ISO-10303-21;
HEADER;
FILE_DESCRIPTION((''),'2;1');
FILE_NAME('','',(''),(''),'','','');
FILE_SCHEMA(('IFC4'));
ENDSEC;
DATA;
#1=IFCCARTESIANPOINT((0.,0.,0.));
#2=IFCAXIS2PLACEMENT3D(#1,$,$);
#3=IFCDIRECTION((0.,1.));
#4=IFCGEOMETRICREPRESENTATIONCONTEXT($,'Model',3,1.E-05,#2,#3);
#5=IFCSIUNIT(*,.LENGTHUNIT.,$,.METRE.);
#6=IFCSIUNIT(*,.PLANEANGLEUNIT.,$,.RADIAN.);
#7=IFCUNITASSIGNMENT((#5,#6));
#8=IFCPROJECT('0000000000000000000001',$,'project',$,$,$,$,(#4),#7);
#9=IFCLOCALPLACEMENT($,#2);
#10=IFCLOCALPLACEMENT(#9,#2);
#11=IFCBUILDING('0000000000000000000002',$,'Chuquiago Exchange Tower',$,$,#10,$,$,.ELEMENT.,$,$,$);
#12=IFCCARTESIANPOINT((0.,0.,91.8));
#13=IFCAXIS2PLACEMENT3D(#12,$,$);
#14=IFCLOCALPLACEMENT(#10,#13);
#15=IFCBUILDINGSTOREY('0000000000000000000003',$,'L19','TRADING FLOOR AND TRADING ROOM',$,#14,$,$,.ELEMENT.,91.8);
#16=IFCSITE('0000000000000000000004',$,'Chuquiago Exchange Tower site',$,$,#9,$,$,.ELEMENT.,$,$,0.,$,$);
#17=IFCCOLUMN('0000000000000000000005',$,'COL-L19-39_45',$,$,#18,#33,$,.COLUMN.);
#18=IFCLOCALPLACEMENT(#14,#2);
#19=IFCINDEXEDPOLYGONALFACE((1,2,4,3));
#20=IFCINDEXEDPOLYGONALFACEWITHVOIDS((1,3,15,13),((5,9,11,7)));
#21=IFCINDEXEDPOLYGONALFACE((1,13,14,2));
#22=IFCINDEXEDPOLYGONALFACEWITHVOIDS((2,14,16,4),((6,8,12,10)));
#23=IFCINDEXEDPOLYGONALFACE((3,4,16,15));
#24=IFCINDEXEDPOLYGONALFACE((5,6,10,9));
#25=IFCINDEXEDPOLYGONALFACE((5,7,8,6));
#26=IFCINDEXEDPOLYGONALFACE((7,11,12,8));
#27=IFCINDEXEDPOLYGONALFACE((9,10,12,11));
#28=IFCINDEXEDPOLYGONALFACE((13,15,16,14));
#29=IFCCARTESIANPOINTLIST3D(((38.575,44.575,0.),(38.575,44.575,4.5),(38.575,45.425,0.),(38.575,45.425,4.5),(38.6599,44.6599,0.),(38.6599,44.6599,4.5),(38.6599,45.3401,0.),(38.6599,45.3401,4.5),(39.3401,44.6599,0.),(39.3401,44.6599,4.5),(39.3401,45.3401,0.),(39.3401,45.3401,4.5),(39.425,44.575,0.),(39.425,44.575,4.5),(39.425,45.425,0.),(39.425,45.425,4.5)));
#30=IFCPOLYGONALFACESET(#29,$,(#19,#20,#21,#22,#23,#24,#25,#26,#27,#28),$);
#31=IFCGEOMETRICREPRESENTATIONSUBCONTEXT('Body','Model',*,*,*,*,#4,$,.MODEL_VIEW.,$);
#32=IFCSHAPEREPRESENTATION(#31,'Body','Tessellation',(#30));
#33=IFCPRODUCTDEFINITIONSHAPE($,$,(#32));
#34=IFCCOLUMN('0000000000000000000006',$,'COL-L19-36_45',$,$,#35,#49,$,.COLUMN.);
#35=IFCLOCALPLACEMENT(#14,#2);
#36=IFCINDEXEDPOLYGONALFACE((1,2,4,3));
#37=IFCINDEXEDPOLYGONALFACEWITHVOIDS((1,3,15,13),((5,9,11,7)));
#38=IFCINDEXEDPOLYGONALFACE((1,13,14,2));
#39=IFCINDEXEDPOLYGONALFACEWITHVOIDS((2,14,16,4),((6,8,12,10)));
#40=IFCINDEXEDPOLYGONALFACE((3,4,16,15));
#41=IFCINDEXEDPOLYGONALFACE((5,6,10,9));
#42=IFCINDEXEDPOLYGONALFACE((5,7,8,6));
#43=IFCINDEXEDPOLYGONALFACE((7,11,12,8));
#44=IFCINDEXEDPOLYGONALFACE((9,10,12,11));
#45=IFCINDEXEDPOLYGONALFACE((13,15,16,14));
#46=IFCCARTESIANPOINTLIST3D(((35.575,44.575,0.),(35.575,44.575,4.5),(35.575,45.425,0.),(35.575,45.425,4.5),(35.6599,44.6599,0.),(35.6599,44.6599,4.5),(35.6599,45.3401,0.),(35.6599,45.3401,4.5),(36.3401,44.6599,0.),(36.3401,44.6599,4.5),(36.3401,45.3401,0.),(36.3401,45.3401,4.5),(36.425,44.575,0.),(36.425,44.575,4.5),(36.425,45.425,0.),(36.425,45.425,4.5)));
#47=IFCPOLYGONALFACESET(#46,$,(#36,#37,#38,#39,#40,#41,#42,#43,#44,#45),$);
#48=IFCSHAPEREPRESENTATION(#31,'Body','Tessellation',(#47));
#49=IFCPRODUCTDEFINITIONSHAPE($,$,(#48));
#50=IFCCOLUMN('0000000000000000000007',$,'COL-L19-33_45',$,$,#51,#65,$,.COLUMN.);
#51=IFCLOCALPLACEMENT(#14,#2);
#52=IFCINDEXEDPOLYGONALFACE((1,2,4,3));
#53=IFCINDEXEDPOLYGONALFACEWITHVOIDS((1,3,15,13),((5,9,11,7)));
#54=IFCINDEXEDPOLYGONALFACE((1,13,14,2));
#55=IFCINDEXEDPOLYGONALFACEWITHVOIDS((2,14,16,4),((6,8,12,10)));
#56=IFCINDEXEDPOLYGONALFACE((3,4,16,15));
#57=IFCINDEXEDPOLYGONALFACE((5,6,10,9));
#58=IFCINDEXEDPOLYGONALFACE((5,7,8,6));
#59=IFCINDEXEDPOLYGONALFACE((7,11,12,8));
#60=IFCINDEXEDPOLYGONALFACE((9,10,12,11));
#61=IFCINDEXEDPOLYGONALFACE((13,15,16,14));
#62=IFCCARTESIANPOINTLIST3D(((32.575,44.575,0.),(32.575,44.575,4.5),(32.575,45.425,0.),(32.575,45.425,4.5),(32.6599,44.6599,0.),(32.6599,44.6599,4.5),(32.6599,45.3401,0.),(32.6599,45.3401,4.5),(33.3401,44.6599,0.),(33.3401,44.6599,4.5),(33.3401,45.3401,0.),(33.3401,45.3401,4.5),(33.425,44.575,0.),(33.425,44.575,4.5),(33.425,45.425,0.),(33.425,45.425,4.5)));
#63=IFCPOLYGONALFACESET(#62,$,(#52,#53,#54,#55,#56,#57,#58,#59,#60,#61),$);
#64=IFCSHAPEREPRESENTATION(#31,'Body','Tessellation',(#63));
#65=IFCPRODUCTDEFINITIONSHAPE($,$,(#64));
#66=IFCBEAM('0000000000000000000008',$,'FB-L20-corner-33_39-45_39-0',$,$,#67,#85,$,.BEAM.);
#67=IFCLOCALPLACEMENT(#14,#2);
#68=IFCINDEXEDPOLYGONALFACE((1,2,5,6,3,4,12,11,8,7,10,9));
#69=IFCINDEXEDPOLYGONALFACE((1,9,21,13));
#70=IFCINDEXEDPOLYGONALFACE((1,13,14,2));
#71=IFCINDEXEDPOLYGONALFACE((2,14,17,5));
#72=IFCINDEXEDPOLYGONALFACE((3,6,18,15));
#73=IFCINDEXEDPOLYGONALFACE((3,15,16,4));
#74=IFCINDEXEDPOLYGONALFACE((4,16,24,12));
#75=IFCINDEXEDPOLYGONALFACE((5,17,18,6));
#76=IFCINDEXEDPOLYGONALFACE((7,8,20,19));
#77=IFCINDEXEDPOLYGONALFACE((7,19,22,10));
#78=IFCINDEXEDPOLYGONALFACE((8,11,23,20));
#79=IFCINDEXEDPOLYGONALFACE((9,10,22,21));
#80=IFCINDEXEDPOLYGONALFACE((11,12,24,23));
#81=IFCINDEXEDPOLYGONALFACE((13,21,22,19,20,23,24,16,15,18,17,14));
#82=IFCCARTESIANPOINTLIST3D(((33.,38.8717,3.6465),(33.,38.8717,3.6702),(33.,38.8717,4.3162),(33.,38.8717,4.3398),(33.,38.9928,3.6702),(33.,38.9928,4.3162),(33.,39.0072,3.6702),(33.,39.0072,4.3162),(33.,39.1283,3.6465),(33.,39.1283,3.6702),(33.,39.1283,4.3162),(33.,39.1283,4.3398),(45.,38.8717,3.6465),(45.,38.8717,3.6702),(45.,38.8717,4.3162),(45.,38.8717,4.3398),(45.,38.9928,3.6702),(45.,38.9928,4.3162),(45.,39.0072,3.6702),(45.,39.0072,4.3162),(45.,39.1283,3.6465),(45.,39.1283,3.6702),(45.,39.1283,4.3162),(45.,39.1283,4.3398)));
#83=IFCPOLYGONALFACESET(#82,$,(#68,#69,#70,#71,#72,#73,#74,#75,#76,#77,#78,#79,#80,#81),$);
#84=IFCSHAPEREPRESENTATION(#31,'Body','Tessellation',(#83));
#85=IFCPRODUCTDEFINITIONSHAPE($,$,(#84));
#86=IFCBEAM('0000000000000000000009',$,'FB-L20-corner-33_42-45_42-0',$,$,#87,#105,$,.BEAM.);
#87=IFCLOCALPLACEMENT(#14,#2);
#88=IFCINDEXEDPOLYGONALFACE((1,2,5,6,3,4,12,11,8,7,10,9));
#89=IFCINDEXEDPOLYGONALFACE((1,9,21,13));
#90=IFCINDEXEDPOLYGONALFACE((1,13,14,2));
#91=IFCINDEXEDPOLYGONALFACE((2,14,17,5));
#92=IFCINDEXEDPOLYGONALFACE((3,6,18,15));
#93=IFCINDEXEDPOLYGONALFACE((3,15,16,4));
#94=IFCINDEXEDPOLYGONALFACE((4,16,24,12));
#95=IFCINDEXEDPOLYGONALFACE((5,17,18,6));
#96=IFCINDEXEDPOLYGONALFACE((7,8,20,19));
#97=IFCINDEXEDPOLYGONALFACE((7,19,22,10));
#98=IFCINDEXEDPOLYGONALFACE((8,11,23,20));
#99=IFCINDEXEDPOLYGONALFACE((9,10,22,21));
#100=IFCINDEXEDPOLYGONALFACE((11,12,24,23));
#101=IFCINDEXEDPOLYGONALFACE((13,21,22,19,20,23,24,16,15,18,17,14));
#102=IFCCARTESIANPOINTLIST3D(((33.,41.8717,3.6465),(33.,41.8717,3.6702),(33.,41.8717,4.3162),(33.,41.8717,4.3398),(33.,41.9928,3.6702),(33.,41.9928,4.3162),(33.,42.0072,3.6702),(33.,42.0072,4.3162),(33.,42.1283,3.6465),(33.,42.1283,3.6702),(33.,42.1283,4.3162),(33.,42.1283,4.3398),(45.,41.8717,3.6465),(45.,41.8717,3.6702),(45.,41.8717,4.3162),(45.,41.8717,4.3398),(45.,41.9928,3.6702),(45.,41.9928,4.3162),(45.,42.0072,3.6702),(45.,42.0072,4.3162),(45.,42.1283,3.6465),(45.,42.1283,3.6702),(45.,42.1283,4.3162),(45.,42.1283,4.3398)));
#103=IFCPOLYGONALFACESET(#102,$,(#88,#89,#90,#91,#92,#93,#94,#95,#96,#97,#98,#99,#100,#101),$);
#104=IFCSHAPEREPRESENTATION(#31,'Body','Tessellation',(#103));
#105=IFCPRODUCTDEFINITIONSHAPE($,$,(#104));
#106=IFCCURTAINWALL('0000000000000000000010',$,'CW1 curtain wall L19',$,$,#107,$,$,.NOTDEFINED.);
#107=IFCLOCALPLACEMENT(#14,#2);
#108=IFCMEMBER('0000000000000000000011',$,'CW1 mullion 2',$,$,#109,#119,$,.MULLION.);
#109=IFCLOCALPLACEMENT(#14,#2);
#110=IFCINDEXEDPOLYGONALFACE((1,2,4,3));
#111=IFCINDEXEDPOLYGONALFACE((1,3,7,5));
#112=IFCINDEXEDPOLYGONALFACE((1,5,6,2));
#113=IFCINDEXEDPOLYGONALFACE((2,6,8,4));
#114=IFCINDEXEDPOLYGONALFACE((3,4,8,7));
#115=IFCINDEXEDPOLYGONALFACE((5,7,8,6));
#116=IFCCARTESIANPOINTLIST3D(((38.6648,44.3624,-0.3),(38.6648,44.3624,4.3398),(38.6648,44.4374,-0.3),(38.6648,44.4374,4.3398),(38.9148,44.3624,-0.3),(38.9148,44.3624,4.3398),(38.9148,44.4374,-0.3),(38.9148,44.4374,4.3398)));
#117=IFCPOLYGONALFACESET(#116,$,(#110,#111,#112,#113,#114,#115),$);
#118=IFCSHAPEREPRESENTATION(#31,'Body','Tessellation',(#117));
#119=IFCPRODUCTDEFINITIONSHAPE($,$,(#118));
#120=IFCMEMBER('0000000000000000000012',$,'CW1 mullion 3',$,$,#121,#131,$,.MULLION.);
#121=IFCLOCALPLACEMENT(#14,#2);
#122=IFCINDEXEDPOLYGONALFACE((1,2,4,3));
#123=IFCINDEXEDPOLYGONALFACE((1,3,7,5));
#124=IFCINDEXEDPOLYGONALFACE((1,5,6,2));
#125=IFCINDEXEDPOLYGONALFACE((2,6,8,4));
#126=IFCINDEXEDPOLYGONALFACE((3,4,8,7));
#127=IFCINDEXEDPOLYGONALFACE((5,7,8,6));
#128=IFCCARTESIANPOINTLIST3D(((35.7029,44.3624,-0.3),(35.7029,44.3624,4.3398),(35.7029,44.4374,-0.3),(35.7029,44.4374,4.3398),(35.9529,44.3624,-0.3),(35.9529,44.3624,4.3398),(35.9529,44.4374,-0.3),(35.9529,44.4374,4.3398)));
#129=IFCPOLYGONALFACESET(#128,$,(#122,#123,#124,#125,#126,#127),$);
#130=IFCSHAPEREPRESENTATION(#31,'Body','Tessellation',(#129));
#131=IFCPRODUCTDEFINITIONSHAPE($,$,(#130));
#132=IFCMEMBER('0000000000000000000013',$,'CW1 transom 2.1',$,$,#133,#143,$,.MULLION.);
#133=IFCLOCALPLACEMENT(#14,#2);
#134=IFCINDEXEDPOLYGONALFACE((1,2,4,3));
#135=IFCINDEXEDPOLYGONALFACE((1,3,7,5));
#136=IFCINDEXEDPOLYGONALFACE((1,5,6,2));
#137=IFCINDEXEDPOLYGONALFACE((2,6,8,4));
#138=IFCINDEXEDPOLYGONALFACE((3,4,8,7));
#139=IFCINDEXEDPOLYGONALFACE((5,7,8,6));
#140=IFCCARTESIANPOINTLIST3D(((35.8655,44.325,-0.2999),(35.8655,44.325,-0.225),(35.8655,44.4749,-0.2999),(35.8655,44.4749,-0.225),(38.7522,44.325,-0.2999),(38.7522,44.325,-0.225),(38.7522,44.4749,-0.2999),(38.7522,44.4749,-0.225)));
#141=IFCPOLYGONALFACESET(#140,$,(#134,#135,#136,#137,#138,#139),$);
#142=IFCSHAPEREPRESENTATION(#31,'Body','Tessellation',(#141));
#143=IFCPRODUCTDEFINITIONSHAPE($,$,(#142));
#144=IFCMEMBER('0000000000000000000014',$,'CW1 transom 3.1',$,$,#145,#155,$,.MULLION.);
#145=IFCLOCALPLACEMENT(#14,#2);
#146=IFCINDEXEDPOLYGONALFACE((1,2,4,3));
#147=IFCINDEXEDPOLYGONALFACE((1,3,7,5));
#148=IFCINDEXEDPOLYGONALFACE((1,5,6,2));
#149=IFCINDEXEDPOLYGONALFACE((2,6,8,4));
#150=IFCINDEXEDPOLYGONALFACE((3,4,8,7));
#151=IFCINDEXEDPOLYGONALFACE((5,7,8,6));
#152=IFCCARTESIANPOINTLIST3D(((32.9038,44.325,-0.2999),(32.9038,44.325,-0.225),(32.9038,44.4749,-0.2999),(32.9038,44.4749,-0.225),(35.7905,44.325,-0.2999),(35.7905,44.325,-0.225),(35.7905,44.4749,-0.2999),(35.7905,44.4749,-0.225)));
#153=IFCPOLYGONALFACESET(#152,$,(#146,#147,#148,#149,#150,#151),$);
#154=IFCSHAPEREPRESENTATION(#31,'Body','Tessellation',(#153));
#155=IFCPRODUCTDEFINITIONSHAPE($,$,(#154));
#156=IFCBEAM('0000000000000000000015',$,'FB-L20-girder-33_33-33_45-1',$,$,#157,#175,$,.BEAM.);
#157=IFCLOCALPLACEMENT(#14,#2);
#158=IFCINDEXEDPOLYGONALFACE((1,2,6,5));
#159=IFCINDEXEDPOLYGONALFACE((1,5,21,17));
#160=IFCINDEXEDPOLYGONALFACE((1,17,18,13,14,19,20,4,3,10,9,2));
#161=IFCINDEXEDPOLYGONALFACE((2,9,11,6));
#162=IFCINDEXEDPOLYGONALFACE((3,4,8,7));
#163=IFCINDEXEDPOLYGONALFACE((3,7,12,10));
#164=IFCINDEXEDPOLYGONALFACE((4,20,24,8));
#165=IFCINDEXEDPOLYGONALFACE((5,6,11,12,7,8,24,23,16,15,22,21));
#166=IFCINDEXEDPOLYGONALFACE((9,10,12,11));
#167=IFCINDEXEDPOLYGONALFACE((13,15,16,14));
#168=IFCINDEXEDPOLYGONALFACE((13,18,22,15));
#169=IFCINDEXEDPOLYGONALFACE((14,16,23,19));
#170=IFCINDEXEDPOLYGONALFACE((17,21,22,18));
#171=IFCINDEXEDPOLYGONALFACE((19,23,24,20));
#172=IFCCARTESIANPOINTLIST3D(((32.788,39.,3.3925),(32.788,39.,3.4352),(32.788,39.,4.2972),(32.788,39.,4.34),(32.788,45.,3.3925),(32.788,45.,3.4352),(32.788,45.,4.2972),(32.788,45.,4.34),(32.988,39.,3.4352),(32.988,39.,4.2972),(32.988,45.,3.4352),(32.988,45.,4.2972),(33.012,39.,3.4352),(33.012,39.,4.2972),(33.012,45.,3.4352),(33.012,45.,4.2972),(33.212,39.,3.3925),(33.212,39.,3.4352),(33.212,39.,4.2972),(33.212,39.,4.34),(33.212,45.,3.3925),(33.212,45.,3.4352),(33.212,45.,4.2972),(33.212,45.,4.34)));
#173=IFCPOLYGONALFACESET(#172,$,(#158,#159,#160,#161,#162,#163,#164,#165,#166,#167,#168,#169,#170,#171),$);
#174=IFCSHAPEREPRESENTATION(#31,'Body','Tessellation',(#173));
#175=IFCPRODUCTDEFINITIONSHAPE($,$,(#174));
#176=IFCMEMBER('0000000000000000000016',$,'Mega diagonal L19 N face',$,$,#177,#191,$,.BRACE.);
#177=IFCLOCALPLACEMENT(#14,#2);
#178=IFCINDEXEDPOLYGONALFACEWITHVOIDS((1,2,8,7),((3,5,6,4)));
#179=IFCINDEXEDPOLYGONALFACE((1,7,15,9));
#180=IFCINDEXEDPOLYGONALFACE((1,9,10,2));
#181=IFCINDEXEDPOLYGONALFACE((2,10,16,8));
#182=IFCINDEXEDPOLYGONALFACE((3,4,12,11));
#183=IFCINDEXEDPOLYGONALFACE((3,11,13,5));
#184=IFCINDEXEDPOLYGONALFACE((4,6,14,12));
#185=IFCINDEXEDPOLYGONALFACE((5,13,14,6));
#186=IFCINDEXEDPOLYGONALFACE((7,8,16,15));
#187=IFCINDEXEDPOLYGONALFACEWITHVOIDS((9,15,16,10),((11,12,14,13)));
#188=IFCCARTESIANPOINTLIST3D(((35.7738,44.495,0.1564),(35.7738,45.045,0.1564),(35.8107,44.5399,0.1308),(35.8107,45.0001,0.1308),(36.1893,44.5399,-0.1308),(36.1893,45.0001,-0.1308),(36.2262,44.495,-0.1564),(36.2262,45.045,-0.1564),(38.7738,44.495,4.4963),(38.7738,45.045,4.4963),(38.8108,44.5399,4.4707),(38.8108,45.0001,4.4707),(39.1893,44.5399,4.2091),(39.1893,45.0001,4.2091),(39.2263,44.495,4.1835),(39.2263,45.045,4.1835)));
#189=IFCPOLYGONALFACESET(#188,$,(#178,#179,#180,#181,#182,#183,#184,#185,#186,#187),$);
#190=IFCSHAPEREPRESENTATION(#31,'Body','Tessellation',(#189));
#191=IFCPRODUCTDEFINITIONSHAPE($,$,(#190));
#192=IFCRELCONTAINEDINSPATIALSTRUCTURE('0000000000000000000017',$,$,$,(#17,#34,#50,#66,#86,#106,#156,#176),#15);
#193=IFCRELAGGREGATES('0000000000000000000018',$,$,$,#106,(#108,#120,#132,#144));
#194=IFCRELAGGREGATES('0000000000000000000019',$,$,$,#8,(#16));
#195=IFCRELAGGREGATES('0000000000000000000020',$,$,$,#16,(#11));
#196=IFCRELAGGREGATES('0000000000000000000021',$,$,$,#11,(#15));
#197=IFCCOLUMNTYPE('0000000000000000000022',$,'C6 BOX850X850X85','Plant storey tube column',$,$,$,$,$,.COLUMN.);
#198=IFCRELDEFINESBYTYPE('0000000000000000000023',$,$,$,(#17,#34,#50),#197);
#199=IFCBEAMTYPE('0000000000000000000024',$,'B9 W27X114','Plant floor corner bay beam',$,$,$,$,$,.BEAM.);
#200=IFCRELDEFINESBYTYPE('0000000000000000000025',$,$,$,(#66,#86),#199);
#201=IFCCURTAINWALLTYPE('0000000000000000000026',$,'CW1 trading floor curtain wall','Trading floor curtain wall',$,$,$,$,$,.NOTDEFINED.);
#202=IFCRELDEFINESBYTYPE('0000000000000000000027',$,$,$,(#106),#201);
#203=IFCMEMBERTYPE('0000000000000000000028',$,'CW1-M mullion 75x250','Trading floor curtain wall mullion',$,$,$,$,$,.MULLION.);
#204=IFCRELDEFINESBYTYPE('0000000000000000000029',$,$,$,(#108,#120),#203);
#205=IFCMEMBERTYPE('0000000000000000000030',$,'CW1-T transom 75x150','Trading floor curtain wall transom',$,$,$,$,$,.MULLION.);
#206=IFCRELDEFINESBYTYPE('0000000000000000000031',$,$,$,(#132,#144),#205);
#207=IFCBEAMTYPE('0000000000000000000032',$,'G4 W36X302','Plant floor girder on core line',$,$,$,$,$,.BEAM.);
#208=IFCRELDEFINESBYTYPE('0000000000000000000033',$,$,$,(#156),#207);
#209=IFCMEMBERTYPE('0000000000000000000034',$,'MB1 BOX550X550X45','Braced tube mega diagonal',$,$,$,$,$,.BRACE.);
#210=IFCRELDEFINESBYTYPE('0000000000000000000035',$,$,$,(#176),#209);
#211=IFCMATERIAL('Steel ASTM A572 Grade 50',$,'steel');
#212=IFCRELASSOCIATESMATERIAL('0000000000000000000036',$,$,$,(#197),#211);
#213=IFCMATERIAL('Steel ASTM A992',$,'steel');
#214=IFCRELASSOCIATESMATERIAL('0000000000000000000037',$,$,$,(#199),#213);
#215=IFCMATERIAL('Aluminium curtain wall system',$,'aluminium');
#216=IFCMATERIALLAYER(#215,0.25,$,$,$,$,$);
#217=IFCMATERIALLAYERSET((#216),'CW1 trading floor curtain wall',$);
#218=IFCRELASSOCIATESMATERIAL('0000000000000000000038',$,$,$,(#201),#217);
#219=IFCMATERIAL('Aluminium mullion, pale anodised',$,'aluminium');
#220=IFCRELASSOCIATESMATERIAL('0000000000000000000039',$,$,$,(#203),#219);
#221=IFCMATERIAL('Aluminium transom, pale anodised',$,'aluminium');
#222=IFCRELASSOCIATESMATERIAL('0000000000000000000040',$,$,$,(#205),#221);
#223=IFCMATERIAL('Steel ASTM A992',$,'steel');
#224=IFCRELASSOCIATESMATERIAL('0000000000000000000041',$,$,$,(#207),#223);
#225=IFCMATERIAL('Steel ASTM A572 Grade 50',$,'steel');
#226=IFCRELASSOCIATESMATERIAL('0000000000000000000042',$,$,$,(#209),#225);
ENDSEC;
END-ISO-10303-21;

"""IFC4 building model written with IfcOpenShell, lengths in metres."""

from ifc_helpers import new_model, si_unit, direction, frame, origin, origin_2d, place, context, subcontext, project, spatial, rectangle, hollow_rectangle, i_section, extrude, material, layer, layer_set, material_profile, profile_set, type_object, element, aggregate, save


model = new_model("IFC4")

# Units and contexts
model_context = context("Model", 3, precision=1e-05, world=origin(), true_north=direction((0.0, 1.0)))
body_context = subcontext(model_context, "Body", "Model", "MODEL_VIEW")
ifc_project = project(units=[si_unit("LENGTHUNIT", "METRE"), si_unit("PLANEANGLEUNIT", "RADIAN")], contexts=[model_context])

# Site, building, storey
site_placement = place(None, origin())
site = spatial("IfcSite", under=ifc_project, at=site_placement, Name="Chuquiago Exchange Tower site", CompositionType="ELEMENT", RefElevation=0.0)
building_placement = place(site_placement, origin())
building = spatial("IfcBuilding", under=site, at=building_placement, Name="Chuquiago Exchange Tower", CompositionType="ELEMENT")
storey_placement = place(building_placement, frame((0.0, 0.0, 91.8)))
storey = spatial("IfcBuildingStorey", under=building, at=storey_placement, Name="L19", Description="TRADING FLOOR AND TRADING ROOM", CompositionType="ELEMENT", Elevation=91.8)

# Columns
ifc_material_1 = material(Name="Steel ASTM A572 Grade 50", Category="steel")
ifc_material_profile_1 = material_profile(ifc_material_1, hollow_rectangle(XDim=0.8501, YDim=0.8501, WallThickness=0.085, at=origin_2d()), Name="BOX850X850X85")
ifc_profile_set_1 = profile_set([ifc_material_profile_1], Name="Steel ASTM A572 Grade 50")
column_type = type_object("IfcColumnType", Name="C6 BOX850X850X85", Description="Plant storey tube column", PredefinedType="COLUMN", material=ifc_profile_set_1)
for number, where, z_axis, x_axis, name in (
    (1, (39.0, 45.0, 0.0), (0.0, 0.0, 1.0), (0.0, 1.0, 0.0), "COL-L19-39_45"),
    (2, (36.0, 45.0, 0.0), (0.0, 0.0, 1.0), (0.0, 1.0, 0.0), "COL-L19-36_45"),
    (3, (33.0, 45.0, 0.0), (0.0, 0.0, 1.0), (0.0, 1.0, 0.0), "COL-L19-33_45"),
):
    element("IfcColumn", number, at=place(storey_placement, frame(where, z_axis=z_axis, x_axis=x_axis)), inside=storey, type_object=column_type, Name=name, PredefinedType="COLUMN", context=body_context, shape_type="SweptSolid", body=[
        extrude(hollow_rectangle(XDim=0.8501, YDim=0.8501, WallThickness=0.085, at=origin_2d()), origin(), (0.0, 0.0, 1.0), 4.5),
    ])

# Beams
ifc_material_2 = material(Name="Steel ASTM A992", Category="steel")
ifc_material_profile_2 = material_profile(ifc_material_2, i_section(OverallWidth=0.2566, OverallDepth=0.6934, WebThickness=0.0144, FlangeThickness=0.0237, at=origin_2d()), Name="W27X114")
ifc_profile_set_2 = profile_set([ifc_material_profile_2], Name="Steel ASTM A992")
beam_type_1 = type_object("IfcBeamType", Name="B9 W27X114", Description="Plant floor corner bay beam", PredefinedType="BEAM", material=ifc_profile_set_2)
for number, where, z_axis, x_axis, name in (
    (4, (33.0, 39.0, 3.9932), (1.0, 0.0, 0.0), (0.0, 1.0, 0.0), "FB-L20-corner-33_39-45_39-0"),
    (5, (33.0, 42.0, 3.9932), (1.0, 0.0, 0.0), (0.0, 1.0, 0.0), "FB-L20-corner-33_42-45_42-0"),
):
    element("IfcBeam", number, at=place(storey_placement, frame(where, z_axis=z_axis, x_axis=x_axis)), inside=storey, type_object=beam_type_1, Name=name, PredefinedType="BEAM", context=body_context, shape_type="SweptSolid", body=[
        extrude(i_section(OverallWidth=0.2566, OverallDepth=0.6934, WebThickness=0.0144, FlangeThickness=0.0237, at=origin_2d()), origin(), (0.0, 0.0, 1.0), 12.0),
    ])

# Curtain wall, members
ifc_material_3 = material(Name="Aluminium curtain wall system", Category="aluminium")
ifc_layer_1 = layer(ifc_material_3, 0.25)
ifc_layer_set_1 = layer_set([ifc_layer_1], Name="CW1 trading floor curtain wall")
curtain_wall_type = type_object("IfcCurtainWallType", Name="CW1 trading floor curtain wall", Description="Trading floor curtain wall", PredefinedType="NOTDEFINED", material=ifc_layer_set_1)
curtain_wall_placement = place(storey_placement, origin())
curtain_wall = element("IfcCurtainWall", 6, at=curtain_wall_placement, inside=storey, type_object=curtain_wall_type, Name="CW1 curtain wall L19", PredefinedType="NOTDEFINED")
ifc_material_4 = material(Name="Aluminium mullion, pale anodised", Category="aluminium")
ifc_material_profile_3 = material_profile(ifc_material_4, rectangle(XDim=0.075, YDim=0.25, at=origin_2d()), Name="AL 75x250")
ifc_profile_set_3 = profile_set([ifc_material_profile_3], Name="Aluminium mullion, pale anodised")
member_type_1 = type_object("IfcMemberType", Name="CW1-M mullion 75x250", Description="Trading floor curtain wall mullion", PredefinedType="MULLION", material=ifc_profile_set_3)
member_1_placement = place(storey_placement, frame((38.7898, 44.3999, -0.3), z_axis=(0.0, 0.0, 1.0), x_axis=(0.0, -1.0, 0.0)))
member_1 = element("IfcMember", 7, at=member_1_placement, type_object=member_type_1, Name="CW1 mullion 2", PredefinedType="MULLION", context=body_context, shape_type="SweptSolid", body=[
    extrude(rectangle(XDim=0.075, YDim=0.25, at=origin_2d()), origin(), (0.0, 0.0, 1.0), 4.6399),
])
member_2_placement = place(storey_placement, frame((35.8279, 44.3999, -0.3), z_axis=(0.0, 0.0, 1.0), x_axis=(0.0, -1.0, 0.0)))
member_2 = element("IfcMember", 8, at=member_2_placement, type_object=member_type_1, Name="CW1 mullion 3", PredefinedType="MULLION", context=body_context, shape_type="SweptSolid", body=[
    extrude(rectangle(XDim=0.075, YDim=0.25, at=origin_2d()), origin(), (0.0, 0.0, 1.0), 4.6399),
])
ifc_material_5 = material(Name="Aluminium transom, pale anodised", Category="aluminium")
ifc_material_profile_4 = material_profile(ifc_material_5, rectangle(XDim=0.1499, YDim=0.075, at=origin_2d()), Name="AL 150x75")
ifc_profile_set_4 = profile_set([ifc_material_profile_4], Name="Aluminium transom, pale anodised")
member_type_2 = type_object("IfcMemberType", Name="CW1-T transom 75x150", Description="Trading floor curtain wall transom", PredefinedType="MULLION", material=ifc_profile_set_4)
member_3_placement = place(storey_placement, frame((38.7522, 44.3999, -0.2625), z_axis=(-1.0, 0.0, 0.0), x_axis=(0.0, -1.0, 0.0)))
member_3 = element("IfcMember", 9, at=member_3_placement, type_object=member_type_2, Name="CW1 transom 2.1", PredefinedType="MULLION", context=body_context, shape_type="SweptSolid", body=[
    extrude(rectangle(XDim=0.1499, YDim=0.075, at=origin_2d()), origin(), (0.0, 0.0, 1.0), 2.8867),
])
member_4_placement = place(storey_placement, frame((35.7905, 44.3999, -0.2625), z_axis=(-1.0, 0.0, 0.0), x_axis=(0.0, -1.0, 0.0)))
member_4 = element("IfcMember", 10, at=member_4_placement, type_object=member_type_2, Name="CW1 transom 3.1", PredefinedType="MULLION", context=body_context, shape_type="SweptSolid", body=[
    extrude(rectangle(XDim=0.1499, YDim=0.075, at=origin_2d()), origin(), (0.0, 0.0, 1.0), 2.8867),
])

# Beam
ifc_material_6 = material(Name="Steel ASTM A992", Category="steel")
ifc_material_profile_5 = material_profile(ifc_material_6, i_section(OverallWidth=0.4241, OverallDepth=0.9475, WebThickness=0.0239, FlangeThickness=0.0427, at=origin_2d()), Name="W36X302")
ifc_profile_set_5 = profile_set([ifc_material_profile_5], Name="Steel ASTM A992")
beam_type_2 = type_object("IfcBeamType", Name="G4 W36X302", Description="Plant floor girder on core line", PredefinedType="BEAM", material=ifc_profile_set_5)
beam_placement = place(storey_placement, frame((33.0, 39.0, 3.8662), z_axis=(0.0, 1.0, 0.0), x_axis=(-1.0, 0.0, 0.0)))
element("IfcBeam", 11, at=beam_placement, inside=storey, type_object=beam_type_2, Name="FB-L20-girder-33_33-33_45-1", PredefinedType="BEAM", context=body_context, shape_type="SweptSolid", body=[
    extrude(i_section(OverallWidth=0.4241, OverallDepth=0.9475, WebThickness=0.0239, FlangeThickness=0.0427, at=origin_2d()), origin(), (0.0, 0.0, 1.0), 6.0),
])

# Member
ifc_material_7 = material(Name="Steel ASTM A572 Grade 50", Category="steel")
ifc_material_profile_6 = material_profile(ifc_material_7, hollow_rectangle(XDim=0.55, YDim=0.55, WallThickness=0.0449, at=origin_2d()), Name="BOX550X550X45")
ifc_profile_set_6 = profile_set([ifc_material_profile_6], Name="Steel ASTM A572 Grade 50")
member_type_3 = type_object("IfcMemberType", Name="MB1 BOX550X550X45", Description="Braced tube mega diagonal", PredefinedType="BRACE", material=ifc_profile_set_6)
member_5_placement = place(storey_placement, frame((36.0, 44.77, 0.0), z_axis=(0.568632, 0.0, 0.822592), x_axis=(0.0, 1.0, 0.0)))
element("IfcMember", 12, at=member_5_placement, inside=storey, type_object=member_type_3, Name="Mega diagonal L19 N face", PredefinedType="BRACE", context=body_context, shape_type="SweptSolid", body=[
    extrude(hollow_rectangle(XDim=0.55, YDim=0.55, WallThickness=0.0449, at=origin_2d()), origin(), (0.0, 0.0, 1.0), 5.2759),
])

aggregate(curtain_wall, [member_1, member_2, member_3, member_4])

save(model, "model.ifc")
